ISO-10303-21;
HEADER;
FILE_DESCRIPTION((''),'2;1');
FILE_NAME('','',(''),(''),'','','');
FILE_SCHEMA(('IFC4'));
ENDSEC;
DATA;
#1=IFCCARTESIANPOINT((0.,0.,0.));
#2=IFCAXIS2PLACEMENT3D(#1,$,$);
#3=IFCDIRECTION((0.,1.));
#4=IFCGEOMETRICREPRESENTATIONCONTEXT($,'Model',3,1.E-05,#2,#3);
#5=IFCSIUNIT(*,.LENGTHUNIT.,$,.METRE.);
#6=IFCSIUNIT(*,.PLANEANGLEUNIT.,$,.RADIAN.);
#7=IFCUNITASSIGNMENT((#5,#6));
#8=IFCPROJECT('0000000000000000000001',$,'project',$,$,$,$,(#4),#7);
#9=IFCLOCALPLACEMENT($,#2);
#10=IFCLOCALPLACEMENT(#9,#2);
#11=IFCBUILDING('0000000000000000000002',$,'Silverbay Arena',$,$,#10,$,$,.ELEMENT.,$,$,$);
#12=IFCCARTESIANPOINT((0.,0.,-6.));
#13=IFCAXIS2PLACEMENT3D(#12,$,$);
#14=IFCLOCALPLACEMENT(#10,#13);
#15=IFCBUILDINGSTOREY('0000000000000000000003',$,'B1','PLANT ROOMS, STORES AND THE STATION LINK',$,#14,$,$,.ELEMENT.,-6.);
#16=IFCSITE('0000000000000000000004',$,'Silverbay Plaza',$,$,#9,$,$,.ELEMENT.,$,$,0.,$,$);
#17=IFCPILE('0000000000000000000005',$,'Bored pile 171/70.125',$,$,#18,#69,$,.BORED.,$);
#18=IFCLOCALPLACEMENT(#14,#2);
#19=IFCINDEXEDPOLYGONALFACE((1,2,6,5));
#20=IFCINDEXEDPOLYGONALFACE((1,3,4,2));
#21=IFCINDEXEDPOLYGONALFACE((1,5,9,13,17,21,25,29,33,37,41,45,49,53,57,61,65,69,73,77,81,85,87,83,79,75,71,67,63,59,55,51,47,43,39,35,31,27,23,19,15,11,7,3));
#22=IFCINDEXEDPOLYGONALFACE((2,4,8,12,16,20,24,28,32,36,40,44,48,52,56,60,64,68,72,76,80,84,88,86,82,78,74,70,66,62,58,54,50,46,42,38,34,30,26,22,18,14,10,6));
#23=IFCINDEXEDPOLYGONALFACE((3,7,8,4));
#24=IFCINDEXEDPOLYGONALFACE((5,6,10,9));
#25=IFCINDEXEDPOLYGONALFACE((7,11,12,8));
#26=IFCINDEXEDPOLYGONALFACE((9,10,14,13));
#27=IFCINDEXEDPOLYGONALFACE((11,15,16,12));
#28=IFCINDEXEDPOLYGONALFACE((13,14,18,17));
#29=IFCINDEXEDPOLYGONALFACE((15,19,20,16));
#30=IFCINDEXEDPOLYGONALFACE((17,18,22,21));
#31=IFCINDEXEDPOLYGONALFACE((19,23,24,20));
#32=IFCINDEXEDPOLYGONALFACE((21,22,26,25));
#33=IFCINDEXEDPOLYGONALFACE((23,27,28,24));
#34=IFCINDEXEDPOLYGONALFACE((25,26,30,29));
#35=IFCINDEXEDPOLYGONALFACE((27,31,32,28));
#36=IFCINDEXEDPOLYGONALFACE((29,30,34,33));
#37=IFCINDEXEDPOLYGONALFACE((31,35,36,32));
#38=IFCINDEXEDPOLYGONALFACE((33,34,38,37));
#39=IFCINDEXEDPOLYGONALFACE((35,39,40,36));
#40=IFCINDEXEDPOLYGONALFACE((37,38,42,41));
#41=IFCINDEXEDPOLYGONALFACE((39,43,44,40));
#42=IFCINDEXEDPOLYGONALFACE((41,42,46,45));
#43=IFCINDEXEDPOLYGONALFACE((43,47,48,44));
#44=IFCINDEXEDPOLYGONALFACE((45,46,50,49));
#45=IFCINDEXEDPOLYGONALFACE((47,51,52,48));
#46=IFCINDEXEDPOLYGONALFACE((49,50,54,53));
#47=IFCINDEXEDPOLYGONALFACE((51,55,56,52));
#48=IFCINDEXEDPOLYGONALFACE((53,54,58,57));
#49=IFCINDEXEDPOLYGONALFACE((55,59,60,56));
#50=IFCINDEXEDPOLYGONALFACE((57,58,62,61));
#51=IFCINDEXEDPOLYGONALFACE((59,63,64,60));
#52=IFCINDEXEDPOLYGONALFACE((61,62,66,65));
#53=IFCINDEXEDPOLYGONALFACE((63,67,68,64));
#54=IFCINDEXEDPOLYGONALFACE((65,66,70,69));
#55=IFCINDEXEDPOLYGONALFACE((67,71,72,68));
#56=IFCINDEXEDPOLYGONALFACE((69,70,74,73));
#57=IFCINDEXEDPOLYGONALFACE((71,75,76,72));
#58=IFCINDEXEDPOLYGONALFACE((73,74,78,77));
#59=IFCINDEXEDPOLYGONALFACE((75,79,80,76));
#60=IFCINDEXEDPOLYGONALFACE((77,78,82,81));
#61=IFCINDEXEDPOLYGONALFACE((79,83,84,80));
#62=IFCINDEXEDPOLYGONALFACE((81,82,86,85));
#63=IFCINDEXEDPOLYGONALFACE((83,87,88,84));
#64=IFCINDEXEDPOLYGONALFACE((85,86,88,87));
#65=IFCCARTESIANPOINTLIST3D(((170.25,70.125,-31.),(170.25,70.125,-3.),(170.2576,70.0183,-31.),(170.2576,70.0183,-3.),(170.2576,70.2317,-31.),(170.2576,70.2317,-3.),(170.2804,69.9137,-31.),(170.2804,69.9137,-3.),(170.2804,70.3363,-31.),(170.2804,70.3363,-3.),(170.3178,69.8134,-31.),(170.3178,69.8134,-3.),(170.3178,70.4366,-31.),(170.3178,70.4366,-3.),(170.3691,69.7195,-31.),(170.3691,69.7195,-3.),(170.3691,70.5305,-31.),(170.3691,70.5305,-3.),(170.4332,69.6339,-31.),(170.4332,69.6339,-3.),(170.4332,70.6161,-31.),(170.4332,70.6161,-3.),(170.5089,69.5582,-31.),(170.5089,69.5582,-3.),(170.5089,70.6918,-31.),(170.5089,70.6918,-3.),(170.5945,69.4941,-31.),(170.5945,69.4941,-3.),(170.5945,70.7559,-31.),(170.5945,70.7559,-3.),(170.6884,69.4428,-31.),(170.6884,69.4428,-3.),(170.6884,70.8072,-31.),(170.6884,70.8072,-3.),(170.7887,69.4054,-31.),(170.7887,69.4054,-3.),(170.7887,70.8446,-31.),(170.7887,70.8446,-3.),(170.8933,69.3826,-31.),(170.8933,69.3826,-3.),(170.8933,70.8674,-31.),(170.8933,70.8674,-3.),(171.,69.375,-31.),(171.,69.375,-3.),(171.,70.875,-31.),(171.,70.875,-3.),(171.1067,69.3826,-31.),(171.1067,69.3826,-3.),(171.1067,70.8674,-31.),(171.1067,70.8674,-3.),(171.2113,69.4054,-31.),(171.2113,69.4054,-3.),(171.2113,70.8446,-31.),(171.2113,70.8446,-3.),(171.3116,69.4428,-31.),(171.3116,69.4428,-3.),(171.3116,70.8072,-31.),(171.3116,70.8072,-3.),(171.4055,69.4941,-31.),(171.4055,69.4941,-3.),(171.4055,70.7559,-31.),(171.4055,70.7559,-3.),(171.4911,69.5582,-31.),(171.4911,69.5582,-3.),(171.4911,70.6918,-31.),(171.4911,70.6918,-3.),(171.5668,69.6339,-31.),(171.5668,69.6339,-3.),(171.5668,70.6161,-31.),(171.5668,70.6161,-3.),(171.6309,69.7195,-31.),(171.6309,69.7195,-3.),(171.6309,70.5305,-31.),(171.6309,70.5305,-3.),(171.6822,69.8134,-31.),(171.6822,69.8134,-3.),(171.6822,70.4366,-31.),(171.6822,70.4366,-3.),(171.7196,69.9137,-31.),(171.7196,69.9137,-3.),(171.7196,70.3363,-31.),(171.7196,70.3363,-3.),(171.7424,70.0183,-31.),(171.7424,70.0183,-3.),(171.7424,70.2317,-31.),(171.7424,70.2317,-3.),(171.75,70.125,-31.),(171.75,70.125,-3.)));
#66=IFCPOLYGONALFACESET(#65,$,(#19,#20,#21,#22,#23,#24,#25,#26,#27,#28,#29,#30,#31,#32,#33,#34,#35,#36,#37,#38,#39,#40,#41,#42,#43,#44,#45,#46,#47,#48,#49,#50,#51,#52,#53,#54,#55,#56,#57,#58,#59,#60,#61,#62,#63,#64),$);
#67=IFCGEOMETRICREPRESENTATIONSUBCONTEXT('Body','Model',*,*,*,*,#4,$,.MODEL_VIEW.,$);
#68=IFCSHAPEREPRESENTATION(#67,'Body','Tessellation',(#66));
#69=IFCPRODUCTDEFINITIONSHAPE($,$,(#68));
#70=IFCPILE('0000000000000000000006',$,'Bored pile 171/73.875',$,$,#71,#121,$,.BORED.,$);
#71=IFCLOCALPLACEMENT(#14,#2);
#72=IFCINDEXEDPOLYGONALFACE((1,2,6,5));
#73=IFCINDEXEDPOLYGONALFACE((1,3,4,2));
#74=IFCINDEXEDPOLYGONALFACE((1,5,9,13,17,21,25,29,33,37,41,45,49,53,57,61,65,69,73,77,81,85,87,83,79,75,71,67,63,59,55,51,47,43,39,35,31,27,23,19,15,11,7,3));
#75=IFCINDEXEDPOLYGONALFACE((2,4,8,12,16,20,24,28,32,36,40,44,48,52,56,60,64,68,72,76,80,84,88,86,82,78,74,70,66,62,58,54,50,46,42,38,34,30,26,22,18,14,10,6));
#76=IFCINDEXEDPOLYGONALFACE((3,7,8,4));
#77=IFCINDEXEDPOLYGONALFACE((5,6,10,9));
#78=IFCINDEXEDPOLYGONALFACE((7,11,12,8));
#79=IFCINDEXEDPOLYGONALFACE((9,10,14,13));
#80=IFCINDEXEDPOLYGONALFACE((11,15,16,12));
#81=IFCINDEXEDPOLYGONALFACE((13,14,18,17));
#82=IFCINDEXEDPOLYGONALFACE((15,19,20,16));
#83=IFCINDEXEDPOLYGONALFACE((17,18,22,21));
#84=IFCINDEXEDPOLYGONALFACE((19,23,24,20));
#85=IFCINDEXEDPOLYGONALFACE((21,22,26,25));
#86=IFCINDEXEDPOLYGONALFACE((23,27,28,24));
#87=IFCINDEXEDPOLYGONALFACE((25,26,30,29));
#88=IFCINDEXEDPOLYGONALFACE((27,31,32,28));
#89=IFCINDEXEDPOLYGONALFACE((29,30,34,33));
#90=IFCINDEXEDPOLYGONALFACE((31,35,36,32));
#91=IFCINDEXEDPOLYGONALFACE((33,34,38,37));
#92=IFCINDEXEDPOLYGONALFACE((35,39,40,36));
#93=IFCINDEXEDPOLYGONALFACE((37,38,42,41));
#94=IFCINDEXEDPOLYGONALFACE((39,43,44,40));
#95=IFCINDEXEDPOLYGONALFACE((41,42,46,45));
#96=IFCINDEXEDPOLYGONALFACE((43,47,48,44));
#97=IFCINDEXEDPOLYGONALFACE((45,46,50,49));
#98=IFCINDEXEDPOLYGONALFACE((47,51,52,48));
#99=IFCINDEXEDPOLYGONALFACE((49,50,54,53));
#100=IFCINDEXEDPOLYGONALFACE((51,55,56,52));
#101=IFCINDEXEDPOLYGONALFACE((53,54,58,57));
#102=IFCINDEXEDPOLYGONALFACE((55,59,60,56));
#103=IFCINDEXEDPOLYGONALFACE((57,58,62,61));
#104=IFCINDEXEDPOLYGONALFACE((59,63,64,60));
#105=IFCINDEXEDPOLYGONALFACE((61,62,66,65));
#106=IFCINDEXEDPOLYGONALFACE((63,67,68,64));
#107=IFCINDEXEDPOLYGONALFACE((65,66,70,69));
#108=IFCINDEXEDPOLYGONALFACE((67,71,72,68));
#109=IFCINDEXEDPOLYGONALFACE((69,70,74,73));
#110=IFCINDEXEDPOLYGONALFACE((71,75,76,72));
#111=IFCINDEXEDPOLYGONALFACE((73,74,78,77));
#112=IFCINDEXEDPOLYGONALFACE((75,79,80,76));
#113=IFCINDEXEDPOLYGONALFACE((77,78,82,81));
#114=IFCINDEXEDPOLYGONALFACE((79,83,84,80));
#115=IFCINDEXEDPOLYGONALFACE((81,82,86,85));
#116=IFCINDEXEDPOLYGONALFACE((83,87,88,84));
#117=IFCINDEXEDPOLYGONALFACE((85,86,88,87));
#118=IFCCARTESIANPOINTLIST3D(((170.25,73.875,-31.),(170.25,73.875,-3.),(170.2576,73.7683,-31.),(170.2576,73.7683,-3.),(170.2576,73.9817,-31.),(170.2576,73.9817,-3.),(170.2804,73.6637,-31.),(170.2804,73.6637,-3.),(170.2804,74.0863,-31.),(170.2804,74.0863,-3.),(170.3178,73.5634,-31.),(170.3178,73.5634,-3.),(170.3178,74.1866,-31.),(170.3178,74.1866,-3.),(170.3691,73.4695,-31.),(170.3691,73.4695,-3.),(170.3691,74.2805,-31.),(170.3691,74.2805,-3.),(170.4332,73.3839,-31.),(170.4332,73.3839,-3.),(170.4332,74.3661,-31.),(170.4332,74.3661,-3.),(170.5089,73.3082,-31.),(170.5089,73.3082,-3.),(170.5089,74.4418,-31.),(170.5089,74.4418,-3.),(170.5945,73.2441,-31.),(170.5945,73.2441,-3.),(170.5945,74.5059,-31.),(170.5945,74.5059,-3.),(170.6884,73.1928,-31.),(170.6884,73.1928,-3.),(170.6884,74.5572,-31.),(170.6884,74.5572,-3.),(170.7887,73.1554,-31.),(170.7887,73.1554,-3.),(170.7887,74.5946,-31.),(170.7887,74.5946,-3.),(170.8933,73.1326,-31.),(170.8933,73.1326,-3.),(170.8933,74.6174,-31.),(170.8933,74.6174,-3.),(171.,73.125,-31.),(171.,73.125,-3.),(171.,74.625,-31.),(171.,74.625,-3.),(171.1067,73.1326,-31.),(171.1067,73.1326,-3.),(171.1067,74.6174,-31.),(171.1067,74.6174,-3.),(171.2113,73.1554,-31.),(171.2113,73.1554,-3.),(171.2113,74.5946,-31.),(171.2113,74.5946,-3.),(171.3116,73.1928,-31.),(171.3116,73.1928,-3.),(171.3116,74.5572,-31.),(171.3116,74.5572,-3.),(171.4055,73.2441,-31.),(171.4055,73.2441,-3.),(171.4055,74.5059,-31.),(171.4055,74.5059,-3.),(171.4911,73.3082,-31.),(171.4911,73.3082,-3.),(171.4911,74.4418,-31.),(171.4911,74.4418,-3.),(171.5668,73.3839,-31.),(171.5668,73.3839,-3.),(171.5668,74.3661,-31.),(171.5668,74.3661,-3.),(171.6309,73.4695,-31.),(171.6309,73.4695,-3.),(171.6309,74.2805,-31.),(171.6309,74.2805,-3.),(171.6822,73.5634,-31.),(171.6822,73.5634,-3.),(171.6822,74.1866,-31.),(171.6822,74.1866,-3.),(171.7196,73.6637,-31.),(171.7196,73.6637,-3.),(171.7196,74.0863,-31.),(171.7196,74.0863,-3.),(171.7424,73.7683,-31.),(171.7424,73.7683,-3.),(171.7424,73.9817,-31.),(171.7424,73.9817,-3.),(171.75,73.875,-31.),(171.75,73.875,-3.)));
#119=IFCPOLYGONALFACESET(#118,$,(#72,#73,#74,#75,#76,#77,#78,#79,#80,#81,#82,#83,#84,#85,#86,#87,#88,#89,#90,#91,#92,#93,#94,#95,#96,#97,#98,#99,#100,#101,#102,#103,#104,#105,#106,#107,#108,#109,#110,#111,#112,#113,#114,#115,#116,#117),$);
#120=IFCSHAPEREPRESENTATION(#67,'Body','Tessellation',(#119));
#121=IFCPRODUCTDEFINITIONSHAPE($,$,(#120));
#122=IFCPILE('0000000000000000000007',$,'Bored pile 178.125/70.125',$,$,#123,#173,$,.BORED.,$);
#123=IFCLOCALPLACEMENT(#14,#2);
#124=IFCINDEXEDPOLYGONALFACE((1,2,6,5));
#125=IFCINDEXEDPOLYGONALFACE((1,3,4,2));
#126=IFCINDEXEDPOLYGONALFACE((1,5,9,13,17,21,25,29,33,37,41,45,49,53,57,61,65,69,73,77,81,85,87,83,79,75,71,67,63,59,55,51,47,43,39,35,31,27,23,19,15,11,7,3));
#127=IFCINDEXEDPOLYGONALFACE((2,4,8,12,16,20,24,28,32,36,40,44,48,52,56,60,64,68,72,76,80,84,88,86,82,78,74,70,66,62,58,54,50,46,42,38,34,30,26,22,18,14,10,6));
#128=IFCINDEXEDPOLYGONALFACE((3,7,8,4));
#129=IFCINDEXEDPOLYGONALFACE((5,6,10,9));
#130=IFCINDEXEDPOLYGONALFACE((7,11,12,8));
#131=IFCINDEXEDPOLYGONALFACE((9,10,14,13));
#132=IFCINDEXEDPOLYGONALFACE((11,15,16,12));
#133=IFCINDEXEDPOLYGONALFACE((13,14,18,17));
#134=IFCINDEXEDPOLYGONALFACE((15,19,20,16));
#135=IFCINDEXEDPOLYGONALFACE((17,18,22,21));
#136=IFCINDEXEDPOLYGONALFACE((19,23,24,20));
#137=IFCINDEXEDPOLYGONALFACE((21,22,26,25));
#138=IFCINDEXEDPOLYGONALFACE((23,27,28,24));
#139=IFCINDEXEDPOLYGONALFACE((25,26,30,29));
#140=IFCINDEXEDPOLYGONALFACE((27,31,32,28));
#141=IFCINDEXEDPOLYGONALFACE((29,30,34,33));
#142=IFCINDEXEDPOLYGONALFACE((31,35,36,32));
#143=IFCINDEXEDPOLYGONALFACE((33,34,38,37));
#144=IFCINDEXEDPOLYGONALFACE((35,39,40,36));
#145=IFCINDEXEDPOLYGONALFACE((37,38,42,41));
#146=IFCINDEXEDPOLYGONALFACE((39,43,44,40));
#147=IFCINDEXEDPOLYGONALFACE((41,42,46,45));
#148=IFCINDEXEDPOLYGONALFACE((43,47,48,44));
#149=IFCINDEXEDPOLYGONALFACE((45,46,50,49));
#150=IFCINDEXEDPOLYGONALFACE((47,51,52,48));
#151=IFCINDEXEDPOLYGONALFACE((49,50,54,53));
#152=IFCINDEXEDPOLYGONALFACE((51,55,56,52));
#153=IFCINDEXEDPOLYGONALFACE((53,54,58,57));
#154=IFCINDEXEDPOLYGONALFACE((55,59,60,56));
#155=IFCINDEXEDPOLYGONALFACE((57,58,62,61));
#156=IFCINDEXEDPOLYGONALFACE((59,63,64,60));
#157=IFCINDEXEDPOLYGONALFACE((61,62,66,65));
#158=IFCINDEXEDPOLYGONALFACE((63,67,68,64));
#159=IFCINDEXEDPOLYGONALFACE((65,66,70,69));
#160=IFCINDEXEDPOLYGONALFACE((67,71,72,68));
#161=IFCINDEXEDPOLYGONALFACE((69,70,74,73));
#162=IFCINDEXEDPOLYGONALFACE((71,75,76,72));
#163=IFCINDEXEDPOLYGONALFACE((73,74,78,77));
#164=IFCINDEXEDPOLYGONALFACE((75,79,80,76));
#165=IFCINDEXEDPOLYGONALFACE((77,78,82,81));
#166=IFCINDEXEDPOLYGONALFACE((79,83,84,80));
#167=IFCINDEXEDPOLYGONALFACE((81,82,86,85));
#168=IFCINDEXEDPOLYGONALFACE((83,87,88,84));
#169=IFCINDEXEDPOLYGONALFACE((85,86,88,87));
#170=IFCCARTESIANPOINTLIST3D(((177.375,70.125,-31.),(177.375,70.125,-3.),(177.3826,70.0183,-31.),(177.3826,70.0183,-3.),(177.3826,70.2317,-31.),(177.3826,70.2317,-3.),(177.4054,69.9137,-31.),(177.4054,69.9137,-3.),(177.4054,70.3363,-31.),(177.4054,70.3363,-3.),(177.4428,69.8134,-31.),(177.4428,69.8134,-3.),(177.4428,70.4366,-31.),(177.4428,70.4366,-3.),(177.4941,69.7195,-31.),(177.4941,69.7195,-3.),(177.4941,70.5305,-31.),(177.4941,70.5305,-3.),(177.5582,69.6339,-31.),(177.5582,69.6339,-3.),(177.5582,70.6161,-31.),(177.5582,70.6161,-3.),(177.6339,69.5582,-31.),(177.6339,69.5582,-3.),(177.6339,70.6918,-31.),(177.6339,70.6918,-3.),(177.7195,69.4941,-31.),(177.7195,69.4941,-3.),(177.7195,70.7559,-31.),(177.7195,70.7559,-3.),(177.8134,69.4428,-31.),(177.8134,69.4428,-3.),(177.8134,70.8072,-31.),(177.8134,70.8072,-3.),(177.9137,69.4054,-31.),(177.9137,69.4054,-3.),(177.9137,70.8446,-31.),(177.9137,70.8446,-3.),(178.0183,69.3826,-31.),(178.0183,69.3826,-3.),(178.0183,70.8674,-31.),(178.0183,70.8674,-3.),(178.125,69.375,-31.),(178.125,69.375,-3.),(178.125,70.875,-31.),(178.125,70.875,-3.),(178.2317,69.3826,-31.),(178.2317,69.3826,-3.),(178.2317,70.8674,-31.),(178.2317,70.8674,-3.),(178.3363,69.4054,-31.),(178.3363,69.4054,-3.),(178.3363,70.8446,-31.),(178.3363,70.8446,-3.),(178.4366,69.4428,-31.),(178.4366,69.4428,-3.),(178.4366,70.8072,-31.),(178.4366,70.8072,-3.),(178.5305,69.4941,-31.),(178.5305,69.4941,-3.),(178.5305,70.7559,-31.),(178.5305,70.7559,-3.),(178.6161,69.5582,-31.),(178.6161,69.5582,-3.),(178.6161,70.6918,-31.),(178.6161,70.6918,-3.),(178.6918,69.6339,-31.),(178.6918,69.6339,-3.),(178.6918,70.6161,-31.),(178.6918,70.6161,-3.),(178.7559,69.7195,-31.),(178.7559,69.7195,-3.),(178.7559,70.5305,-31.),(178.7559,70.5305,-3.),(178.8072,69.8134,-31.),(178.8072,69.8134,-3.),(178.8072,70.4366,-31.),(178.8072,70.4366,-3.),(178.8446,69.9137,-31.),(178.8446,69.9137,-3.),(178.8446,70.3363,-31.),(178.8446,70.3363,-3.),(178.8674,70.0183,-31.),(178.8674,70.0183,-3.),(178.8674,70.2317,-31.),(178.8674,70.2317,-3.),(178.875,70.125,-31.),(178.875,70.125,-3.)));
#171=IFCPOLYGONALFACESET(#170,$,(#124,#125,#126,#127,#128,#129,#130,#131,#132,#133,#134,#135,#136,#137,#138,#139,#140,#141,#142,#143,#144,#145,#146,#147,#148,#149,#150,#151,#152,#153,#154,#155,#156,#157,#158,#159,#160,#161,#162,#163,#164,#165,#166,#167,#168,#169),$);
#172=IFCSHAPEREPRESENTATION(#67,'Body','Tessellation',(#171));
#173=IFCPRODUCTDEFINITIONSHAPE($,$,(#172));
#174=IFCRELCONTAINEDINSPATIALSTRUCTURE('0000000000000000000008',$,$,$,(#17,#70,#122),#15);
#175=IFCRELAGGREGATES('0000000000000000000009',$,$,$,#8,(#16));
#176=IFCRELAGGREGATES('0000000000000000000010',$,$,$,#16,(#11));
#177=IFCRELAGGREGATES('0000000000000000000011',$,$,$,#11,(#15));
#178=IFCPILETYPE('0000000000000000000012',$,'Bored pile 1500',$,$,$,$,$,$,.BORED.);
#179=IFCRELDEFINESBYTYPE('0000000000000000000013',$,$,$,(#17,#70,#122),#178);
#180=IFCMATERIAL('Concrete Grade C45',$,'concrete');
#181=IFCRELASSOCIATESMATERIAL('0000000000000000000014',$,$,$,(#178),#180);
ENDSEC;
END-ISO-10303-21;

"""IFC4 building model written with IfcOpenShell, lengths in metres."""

from ifc_helpers import new_model, si_unit, direction, frame, origin, origin_2d, place, context, subcontext, project, spatial, circle, extrude, material, material_profile, profile_set, type_object, element, save


model = new_model("IFC4")

# Units and contexts
model_context = context("Model", 3, precision=1e-05, world=origin(), true_north=direction((0.0, 1.0)))
body_context = subcontext(model_context, "Body", "Model", "MODEL_VIEW")
ifc_project = project(units=[si_unit("LENGTHUNIT", "METRE"), si_unit("PLANEANGLEUNIT", "RADIAN")], contexts=[model_context])

# Site, building, storey
site_placement = place(None, origin())
site = spatial("IfcSite", under=ifc_project, at=site_placement, Name="Silverbay Plaza", CompositionType="ELEMENT", RefElevation=0.0)
building_placement = place(site_placement, origin())
building = spatial("IfcBuilding", under=site, at=building_placement, Name="Silverbay Arena", CompositionType="ELEMENT")
storey_placement = place(building_placement, frame((0.0, 0.0, -6.0)))
storey = spatial("IfcBuildingStorey", under=building, at=storey_placement, Name="B1", Description="PLANT ROOMS, STORES AND THE STATION LINK", CompositionType="ELEMENT", Elevation=-6.0)

# Piles
ifc_material_1 = material(Name="Concrete Grade C45", Category="concrete")
ifc_material_profile_1 = material_profile(ifc_material_1, circle(Radius=0.75, at=origin_2d()), Name="Bored pile 1500")
ifc_profile_set_1 = profile_set([ifc_material_profile_1], Name="Concrete Grade C45")
pile_type_1 = type_object("IfcPileType", Name="Bored pile 1500", PredefinedType="BORED", material=ifc_profile_set_1)
for number, where, z_axis, x_axis, name in (
    (1, (171.0, 70.125, -3.0), (0.0, 0.0, -1.0), (1.0, 0.0, 0.0), "Bored pile 171/70.125"),
    (2, (171.0, 73.875, -3.0), (0.0, 0.0, -1.0), (1.0, 0.0, 0.0), "Bored pile 171/73.875"),
    (3, (178.125, 70.125, -3.0), (0.0, 0.0, -1.0), (1.0, 0.0, 0.0), "Bored pile 178.125/70.125"),
):
    element("IfcPile", number, at=place(storey_placement, frame(where, z_axis=z_axis, x_axis=x_axis)), inside=storey, type_object=pile_type_1, Name=name, PredefinedType="BORED", context=body_context, shape_type="SweptSolid", body=[
        extrude(circle(Radius=0.75, at=origin_2d()), origin(), (0.0, 0.0, 1.0), 28.0),
    ])

save(model, "model.ifc")
